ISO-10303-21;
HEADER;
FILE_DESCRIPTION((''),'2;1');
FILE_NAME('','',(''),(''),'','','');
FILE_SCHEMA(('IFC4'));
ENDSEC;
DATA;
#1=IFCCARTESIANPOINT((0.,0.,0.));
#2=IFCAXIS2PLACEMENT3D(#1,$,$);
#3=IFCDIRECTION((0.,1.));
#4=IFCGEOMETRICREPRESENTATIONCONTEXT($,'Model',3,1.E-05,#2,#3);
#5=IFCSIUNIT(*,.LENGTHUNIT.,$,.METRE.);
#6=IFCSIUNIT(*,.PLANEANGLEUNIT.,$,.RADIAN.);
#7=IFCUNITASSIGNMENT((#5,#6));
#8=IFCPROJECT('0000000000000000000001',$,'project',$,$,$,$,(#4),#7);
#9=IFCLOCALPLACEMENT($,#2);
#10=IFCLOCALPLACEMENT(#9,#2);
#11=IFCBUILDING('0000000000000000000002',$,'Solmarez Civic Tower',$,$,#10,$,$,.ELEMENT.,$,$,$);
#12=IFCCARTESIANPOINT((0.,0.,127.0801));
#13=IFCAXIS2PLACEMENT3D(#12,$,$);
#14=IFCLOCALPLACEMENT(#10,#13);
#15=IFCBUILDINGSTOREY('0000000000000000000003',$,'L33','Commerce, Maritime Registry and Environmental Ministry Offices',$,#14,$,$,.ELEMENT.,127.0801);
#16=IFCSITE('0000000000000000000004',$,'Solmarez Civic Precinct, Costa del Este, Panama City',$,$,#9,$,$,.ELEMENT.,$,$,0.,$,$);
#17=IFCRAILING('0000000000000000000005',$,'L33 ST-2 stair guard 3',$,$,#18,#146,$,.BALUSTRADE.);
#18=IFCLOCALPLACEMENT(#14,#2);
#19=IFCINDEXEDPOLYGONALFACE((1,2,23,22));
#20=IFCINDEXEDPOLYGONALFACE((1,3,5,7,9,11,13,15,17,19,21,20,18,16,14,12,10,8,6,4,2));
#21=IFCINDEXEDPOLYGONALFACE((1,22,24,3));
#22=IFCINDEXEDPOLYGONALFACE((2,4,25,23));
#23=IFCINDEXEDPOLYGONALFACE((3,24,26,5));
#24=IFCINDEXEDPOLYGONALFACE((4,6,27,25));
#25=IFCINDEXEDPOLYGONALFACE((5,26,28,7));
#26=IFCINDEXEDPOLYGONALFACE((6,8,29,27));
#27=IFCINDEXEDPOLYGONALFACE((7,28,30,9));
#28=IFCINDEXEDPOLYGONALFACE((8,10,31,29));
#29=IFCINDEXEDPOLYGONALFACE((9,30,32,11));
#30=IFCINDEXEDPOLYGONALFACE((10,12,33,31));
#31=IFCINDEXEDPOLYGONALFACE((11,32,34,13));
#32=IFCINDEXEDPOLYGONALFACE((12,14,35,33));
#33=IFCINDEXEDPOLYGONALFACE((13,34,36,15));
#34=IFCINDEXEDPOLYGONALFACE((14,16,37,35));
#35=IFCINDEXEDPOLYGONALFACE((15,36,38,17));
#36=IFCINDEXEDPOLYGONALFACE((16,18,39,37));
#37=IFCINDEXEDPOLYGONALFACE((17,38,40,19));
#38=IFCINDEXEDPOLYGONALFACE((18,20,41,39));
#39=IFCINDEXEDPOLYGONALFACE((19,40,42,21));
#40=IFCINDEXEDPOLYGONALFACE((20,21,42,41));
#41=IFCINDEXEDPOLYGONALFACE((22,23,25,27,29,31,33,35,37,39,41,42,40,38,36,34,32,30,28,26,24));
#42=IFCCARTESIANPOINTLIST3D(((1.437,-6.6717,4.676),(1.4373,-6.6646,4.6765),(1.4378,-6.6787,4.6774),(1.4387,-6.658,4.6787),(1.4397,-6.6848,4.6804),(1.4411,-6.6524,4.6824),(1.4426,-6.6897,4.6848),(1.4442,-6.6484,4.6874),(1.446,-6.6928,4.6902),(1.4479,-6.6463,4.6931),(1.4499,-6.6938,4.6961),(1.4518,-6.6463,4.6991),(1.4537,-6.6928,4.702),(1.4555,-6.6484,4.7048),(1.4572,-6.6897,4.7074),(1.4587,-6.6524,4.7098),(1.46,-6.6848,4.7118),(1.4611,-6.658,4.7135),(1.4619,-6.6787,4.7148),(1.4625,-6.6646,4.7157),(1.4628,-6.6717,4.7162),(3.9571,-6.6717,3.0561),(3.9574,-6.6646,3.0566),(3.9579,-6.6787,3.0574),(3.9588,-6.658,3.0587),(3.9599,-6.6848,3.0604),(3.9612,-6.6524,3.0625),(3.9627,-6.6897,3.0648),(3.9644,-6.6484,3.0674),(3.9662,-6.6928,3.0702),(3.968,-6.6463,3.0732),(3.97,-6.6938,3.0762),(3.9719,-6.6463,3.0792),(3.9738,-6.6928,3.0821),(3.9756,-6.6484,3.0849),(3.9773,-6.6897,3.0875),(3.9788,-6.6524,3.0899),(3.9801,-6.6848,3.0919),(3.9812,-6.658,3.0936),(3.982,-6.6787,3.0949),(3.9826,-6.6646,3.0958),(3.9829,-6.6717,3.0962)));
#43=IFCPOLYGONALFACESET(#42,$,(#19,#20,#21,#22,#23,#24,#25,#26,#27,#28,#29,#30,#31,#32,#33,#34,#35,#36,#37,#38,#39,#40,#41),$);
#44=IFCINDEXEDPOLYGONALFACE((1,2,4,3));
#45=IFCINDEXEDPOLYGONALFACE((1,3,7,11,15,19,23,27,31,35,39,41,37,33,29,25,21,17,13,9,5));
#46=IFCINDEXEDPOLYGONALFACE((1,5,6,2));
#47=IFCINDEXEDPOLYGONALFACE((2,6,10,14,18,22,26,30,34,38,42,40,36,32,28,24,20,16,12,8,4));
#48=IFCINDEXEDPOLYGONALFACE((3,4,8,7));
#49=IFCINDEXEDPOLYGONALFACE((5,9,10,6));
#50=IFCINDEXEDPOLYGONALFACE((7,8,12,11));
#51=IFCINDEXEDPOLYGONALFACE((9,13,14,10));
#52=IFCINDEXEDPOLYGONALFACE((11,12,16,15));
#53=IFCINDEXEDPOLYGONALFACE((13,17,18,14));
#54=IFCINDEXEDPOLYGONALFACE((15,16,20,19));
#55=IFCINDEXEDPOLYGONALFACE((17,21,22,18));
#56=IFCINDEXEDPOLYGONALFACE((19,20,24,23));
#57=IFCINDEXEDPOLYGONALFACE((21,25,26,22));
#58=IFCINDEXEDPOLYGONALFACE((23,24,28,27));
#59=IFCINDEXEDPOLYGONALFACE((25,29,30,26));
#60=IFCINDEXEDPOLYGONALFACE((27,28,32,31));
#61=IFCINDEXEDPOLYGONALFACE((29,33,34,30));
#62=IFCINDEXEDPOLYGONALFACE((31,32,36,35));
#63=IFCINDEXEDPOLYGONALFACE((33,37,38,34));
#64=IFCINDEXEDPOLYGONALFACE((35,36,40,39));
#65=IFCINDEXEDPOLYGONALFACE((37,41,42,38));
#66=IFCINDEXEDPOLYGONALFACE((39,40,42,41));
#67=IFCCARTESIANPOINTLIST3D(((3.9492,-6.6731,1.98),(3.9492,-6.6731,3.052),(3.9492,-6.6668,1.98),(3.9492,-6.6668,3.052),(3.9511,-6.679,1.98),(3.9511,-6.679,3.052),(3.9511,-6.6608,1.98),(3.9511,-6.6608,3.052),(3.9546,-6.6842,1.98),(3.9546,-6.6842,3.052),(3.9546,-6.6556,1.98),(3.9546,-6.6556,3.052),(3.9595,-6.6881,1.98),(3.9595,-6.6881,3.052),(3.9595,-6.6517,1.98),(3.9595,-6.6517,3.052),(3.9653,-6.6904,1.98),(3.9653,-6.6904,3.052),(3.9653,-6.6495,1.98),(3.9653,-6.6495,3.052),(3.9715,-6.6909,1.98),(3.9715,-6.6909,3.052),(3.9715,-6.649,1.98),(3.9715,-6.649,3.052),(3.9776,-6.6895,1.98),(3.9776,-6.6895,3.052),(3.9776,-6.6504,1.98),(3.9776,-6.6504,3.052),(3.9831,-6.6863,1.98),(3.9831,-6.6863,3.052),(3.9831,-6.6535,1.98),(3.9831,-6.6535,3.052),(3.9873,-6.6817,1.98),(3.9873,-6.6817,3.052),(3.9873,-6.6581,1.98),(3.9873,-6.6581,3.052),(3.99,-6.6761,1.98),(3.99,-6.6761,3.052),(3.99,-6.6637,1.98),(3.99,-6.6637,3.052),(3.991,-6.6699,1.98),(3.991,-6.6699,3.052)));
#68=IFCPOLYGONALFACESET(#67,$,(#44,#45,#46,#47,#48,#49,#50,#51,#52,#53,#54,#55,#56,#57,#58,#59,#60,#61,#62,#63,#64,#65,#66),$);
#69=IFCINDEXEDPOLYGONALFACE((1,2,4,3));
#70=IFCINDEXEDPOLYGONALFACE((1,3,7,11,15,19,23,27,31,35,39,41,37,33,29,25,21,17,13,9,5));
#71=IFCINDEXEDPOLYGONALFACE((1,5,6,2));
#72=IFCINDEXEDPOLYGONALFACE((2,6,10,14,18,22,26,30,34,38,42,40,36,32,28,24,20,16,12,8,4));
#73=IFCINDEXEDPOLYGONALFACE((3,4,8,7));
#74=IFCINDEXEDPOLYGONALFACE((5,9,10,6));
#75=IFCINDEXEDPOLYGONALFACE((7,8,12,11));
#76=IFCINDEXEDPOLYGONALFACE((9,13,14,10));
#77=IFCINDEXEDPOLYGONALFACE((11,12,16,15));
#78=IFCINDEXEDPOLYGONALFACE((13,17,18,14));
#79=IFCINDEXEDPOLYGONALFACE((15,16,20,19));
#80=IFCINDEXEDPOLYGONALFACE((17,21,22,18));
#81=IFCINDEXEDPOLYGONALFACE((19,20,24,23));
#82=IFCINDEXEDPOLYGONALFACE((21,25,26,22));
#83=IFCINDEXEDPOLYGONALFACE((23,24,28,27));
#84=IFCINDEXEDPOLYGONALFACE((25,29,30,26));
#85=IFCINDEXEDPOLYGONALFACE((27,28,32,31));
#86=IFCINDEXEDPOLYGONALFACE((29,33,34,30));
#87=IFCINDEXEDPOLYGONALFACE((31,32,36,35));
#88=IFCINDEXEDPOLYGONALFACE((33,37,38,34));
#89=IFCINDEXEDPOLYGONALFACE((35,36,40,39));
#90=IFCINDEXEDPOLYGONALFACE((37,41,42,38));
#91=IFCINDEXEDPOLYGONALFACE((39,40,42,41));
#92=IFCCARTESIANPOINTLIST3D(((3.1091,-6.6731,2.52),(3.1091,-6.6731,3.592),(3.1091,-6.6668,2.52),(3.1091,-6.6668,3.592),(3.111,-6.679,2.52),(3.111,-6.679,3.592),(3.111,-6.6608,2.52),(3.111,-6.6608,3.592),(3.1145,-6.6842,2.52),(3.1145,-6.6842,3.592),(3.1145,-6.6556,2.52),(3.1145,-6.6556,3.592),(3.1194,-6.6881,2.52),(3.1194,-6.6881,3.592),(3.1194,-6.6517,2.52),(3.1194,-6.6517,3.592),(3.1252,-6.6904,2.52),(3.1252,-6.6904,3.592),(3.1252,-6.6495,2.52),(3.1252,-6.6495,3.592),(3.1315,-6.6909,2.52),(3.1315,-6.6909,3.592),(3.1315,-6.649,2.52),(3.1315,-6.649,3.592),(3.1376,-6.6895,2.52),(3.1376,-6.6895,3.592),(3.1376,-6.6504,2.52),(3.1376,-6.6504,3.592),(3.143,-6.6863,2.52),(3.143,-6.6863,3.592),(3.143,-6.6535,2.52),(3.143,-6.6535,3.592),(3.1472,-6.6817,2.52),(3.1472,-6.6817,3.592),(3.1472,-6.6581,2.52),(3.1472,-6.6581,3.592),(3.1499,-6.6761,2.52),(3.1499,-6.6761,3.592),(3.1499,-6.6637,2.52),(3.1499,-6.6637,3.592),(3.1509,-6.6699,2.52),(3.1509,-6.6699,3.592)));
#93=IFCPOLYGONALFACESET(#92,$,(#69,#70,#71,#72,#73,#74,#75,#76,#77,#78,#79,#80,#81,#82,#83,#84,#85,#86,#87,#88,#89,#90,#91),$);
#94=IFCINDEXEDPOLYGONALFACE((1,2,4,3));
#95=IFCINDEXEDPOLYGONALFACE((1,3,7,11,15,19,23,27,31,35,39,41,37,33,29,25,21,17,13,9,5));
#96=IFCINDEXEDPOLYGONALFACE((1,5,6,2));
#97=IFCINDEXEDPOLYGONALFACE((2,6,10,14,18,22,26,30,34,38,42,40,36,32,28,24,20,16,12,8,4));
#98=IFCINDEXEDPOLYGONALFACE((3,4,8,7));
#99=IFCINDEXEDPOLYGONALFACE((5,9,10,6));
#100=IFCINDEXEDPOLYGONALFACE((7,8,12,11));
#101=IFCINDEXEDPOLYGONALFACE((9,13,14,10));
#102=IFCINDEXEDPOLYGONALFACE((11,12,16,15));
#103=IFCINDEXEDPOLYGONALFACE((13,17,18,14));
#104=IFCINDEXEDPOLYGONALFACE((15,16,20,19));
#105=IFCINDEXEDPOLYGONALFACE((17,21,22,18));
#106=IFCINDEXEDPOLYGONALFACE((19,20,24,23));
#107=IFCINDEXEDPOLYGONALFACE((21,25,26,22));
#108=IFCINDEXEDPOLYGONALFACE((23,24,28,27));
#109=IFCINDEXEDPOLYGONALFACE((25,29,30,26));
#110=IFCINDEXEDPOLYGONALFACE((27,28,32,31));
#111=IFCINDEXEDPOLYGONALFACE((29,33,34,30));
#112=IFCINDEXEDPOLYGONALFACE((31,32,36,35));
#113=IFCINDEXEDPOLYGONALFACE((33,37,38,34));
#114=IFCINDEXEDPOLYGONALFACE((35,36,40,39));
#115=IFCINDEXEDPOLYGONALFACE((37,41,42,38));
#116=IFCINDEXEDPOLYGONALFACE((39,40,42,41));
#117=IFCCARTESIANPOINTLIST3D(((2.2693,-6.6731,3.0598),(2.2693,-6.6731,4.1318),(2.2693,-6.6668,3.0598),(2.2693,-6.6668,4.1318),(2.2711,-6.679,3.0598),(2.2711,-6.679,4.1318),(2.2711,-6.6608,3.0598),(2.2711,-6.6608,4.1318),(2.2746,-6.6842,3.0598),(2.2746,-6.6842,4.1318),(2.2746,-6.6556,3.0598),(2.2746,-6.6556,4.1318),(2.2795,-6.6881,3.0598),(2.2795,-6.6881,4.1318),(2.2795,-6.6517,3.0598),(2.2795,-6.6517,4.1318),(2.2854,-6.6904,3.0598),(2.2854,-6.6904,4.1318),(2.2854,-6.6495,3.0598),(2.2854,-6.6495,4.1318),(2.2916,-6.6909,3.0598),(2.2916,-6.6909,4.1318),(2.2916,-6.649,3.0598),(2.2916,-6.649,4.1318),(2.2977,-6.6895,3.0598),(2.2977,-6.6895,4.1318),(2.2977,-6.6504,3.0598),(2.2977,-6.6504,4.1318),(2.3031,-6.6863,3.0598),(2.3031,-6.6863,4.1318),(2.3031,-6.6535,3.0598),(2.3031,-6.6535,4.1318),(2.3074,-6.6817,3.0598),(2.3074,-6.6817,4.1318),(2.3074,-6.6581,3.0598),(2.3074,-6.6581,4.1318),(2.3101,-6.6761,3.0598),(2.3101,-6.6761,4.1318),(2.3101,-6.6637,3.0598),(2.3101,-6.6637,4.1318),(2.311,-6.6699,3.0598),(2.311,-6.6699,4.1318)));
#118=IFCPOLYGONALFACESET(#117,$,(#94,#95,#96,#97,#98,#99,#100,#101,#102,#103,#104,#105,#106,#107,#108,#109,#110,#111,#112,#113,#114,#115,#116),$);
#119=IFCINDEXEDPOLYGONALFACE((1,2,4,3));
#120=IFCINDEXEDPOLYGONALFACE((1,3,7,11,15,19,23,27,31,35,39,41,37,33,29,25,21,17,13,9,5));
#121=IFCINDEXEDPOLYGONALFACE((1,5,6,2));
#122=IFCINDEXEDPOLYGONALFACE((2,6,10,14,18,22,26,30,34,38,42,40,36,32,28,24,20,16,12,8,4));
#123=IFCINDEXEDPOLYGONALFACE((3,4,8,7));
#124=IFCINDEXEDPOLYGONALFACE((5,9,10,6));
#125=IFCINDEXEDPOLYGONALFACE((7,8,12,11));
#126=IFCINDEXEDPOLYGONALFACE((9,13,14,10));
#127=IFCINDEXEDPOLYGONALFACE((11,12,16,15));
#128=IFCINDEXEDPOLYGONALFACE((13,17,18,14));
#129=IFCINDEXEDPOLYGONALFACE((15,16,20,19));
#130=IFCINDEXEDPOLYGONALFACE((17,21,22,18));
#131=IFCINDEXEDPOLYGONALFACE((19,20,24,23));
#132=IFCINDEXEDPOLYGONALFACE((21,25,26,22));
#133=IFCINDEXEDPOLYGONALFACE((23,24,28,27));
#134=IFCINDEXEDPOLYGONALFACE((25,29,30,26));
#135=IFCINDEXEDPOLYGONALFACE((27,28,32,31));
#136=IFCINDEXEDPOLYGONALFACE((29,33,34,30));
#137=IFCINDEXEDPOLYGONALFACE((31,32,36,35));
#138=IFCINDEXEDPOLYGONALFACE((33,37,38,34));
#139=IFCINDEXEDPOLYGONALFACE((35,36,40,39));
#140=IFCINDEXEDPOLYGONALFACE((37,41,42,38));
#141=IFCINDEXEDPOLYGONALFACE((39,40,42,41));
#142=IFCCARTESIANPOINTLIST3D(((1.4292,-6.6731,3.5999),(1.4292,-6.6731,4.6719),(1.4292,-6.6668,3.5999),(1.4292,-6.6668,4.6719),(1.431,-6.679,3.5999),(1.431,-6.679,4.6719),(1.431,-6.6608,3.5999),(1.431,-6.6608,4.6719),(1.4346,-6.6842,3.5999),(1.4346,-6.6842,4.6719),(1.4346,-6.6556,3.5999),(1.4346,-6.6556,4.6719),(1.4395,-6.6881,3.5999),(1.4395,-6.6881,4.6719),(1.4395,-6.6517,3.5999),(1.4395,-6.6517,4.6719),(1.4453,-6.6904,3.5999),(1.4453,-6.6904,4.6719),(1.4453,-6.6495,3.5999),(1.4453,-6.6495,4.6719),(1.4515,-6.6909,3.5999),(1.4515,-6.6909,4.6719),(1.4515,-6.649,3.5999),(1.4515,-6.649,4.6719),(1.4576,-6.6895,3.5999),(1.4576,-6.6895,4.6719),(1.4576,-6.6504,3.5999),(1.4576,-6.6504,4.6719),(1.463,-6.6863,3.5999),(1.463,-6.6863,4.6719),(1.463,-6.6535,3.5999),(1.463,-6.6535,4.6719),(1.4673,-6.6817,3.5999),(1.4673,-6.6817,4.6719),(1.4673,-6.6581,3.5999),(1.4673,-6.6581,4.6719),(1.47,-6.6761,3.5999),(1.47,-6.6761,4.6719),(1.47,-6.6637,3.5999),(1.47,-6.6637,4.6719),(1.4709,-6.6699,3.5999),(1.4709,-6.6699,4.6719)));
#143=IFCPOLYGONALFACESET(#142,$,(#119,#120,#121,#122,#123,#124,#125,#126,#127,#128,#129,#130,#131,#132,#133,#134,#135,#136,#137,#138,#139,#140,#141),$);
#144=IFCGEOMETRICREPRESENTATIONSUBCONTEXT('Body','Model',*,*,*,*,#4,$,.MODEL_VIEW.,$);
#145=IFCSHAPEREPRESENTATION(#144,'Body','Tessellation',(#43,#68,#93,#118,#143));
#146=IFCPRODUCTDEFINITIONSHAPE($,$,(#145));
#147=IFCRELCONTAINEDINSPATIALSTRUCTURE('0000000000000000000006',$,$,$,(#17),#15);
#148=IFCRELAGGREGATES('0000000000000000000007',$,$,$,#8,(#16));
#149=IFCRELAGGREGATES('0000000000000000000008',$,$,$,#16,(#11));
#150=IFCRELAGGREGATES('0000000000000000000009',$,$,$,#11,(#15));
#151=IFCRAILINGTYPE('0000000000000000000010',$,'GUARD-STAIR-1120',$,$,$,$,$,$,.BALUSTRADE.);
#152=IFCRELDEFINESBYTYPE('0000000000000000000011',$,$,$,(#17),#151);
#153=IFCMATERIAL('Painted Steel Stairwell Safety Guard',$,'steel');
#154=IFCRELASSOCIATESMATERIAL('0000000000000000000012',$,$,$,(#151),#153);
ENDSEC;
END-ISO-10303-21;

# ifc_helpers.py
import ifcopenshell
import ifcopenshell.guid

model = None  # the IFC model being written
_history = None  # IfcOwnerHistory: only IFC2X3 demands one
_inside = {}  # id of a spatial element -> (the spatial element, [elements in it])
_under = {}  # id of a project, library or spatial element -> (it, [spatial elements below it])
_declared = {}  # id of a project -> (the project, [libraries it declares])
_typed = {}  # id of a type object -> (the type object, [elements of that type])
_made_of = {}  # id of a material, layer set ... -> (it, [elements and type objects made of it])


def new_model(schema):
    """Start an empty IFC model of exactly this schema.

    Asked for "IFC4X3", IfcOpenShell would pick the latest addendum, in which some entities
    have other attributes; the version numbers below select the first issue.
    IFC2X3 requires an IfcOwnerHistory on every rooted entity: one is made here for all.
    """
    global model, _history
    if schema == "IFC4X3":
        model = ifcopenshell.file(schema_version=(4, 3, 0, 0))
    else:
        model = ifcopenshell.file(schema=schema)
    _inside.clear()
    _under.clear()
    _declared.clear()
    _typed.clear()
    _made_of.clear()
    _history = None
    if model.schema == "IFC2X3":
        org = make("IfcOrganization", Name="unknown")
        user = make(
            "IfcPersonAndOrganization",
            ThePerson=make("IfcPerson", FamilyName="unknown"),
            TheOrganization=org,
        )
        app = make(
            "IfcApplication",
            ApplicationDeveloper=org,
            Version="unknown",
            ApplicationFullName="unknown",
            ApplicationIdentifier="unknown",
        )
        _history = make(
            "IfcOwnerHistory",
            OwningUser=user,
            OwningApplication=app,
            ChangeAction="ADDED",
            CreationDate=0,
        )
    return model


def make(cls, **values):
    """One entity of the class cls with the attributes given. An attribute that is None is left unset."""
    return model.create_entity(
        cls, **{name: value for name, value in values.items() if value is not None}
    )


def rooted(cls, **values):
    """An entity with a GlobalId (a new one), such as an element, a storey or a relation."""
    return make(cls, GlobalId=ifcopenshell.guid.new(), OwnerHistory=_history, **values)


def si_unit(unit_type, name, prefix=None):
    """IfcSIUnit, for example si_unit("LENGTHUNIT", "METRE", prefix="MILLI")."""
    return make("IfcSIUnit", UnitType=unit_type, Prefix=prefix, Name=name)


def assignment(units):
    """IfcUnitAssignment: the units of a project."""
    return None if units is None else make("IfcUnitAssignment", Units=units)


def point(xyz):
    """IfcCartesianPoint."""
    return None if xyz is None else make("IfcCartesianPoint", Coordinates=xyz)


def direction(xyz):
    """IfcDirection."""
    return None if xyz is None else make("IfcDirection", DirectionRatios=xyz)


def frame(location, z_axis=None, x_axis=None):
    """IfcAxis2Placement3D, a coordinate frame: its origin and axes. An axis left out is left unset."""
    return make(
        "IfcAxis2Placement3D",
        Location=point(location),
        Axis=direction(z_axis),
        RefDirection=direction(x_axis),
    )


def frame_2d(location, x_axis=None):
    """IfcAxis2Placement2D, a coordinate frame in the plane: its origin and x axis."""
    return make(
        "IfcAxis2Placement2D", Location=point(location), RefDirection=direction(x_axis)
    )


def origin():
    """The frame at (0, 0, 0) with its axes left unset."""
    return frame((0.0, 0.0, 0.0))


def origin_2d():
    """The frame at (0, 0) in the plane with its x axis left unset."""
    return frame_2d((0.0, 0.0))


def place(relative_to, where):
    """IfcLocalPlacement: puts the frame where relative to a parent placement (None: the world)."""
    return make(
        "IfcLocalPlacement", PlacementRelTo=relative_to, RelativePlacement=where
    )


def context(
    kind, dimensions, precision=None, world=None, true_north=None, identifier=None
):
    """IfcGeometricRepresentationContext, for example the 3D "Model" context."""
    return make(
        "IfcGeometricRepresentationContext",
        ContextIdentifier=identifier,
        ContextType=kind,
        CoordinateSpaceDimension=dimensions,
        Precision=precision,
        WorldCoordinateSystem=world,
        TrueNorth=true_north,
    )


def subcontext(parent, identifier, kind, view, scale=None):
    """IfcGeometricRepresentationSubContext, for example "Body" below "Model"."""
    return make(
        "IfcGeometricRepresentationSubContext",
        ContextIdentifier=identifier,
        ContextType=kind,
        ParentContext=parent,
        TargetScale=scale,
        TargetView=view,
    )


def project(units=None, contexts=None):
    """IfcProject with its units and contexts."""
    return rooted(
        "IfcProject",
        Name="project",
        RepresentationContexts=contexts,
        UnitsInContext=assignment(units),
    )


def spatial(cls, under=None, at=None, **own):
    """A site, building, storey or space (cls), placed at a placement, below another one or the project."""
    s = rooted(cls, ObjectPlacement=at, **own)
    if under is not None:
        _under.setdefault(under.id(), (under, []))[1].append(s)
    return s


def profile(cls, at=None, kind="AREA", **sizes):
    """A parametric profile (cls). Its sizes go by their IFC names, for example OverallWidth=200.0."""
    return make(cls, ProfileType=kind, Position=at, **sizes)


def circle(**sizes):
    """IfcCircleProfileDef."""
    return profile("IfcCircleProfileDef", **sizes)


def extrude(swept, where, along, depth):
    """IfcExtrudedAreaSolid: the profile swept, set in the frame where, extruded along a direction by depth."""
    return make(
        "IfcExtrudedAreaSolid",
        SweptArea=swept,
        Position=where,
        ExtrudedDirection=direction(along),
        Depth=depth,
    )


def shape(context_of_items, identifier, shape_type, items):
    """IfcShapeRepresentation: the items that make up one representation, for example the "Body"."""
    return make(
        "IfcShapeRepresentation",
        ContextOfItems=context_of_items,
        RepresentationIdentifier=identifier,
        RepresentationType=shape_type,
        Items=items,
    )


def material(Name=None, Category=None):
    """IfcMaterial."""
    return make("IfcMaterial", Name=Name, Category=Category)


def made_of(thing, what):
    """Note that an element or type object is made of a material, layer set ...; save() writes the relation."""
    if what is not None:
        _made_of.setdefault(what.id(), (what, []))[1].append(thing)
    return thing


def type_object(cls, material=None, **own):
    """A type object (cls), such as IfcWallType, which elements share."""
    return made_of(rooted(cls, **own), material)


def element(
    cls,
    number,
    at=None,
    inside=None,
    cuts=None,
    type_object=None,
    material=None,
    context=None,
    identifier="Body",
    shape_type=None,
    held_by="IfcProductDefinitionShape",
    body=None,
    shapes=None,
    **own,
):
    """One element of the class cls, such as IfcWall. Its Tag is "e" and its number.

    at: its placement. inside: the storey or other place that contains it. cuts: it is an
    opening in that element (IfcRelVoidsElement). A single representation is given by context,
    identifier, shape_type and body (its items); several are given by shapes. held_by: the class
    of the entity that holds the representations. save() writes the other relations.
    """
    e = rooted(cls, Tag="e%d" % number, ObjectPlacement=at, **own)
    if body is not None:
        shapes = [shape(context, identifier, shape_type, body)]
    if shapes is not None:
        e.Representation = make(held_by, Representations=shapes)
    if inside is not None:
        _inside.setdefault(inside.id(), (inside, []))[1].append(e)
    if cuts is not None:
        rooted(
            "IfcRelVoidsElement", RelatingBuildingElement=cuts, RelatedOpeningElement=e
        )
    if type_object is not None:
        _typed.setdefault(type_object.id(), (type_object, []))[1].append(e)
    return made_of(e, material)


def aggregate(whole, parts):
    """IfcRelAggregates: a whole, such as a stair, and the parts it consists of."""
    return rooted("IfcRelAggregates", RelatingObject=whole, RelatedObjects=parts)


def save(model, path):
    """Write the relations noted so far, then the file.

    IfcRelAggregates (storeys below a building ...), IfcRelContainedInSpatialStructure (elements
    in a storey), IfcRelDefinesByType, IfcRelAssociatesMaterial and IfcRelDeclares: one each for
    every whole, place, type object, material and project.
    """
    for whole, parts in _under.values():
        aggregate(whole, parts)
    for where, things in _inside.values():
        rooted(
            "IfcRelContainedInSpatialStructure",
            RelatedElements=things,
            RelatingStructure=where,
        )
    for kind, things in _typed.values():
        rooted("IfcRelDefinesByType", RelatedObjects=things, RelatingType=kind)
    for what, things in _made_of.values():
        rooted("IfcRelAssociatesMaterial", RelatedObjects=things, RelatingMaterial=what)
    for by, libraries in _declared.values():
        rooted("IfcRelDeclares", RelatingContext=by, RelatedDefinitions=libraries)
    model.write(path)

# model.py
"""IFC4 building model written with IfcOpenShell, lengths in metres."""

from ifc_helpers import new_model, si_unit, direction, frame, origin, origin_2d, place, context, subcontext, project, spatial, circle, extrude, material, type_object, element, save


model = new_model("IFC4")

# Units and contexts
model_context = context("Model", 3, precision=1e-05, world=origin(), true_north=direction((0.0, 1.0)))
body_context = subcontext(model_context, "Body", "Model", "MODEL_VIEW")
ifc_project = project(units=[si_unit("LENGTHUNIT", "METRE"), si_unit("PLANEANGLEUNIT", "RADIAN")], contexts=[model_context])

# Site, building, storey
site_placement = place(None, origin())
site = spatial("IfcSite", under=ifc_project, at=site_placement, Name="Solmarez Civic Precinct, Costa del Este, Panama City", CompositionType="ELEMENT", RefElevation=0.0)
building_placement = place(site_placement, origin())
building = spatial("IfcBuilding", under=site, at=building_placement, Name="Solmarez Civic Tower", CompositionType="ELEMENT")
storey_placement = place(building_placement, frame((0.0, 0.0, 127.0801)))
storey = spatial("IfcBuildingStorey", under=building, at=storey_placement, Name="L33", Description="Commerce, Maritime Registry and Environmental Ministry Offices", CompositionType="ELEMENT", Elevation=127.0801)

# Railing
ifc_material_1 = material(Name="Painted Steel Stairwell Safety Guard", Category="steel")
railing_type_1 = type_object("IfcRailingType", Name="GUARD-STAIR-1120", PredefinedType="BALUSTRADE", material=ifc_material_1)
railing_1_placement = place(storey_placement, frame((3.97, -6.6699, 1.98)))
element("IfcRailing", 1, at=railing_1_placement, inside=storey, type_object=railing_type_1, Name="L33 ST-2 stair guard 3", PredefinedType="BALUSTRADE", context=body_context, shape_type="SweptSolid", body=[
    extrude(circle(Radius=0.0239, at=origin_2d()), frame((0.0, 0.0, 1.0962), z_axis=(-0.8412, 0.0, 0.540725), x_axis=(0.0, -1.0, 0.0)), (0.0, 0.0, 1.0), 2.9958),
    extrude(circle(Radius=0.021, at=origin_2d()), origin(), (0.0, 0.0, 1.0), 1.072),
    extrude(circle(Radius=0.021, at=origin_2d()), frame((-0.8401, 0.0, 0.54)), (0.0, 0.0, 1.0), 1.072),
    extrude(circle(Radius=0.021, at=origin_2d()), frame((-1.6799, 0.0, 1.0798)), (0.0, 0.0, 1.0), 1.072),
    extrude(circle(Radius=0.021, at=origin_2d()), frame((-2.52, 0.0, 1.6199)), (0.0, 0.0, 1.0), 1.072),
])

save(model, "model.ifc")
